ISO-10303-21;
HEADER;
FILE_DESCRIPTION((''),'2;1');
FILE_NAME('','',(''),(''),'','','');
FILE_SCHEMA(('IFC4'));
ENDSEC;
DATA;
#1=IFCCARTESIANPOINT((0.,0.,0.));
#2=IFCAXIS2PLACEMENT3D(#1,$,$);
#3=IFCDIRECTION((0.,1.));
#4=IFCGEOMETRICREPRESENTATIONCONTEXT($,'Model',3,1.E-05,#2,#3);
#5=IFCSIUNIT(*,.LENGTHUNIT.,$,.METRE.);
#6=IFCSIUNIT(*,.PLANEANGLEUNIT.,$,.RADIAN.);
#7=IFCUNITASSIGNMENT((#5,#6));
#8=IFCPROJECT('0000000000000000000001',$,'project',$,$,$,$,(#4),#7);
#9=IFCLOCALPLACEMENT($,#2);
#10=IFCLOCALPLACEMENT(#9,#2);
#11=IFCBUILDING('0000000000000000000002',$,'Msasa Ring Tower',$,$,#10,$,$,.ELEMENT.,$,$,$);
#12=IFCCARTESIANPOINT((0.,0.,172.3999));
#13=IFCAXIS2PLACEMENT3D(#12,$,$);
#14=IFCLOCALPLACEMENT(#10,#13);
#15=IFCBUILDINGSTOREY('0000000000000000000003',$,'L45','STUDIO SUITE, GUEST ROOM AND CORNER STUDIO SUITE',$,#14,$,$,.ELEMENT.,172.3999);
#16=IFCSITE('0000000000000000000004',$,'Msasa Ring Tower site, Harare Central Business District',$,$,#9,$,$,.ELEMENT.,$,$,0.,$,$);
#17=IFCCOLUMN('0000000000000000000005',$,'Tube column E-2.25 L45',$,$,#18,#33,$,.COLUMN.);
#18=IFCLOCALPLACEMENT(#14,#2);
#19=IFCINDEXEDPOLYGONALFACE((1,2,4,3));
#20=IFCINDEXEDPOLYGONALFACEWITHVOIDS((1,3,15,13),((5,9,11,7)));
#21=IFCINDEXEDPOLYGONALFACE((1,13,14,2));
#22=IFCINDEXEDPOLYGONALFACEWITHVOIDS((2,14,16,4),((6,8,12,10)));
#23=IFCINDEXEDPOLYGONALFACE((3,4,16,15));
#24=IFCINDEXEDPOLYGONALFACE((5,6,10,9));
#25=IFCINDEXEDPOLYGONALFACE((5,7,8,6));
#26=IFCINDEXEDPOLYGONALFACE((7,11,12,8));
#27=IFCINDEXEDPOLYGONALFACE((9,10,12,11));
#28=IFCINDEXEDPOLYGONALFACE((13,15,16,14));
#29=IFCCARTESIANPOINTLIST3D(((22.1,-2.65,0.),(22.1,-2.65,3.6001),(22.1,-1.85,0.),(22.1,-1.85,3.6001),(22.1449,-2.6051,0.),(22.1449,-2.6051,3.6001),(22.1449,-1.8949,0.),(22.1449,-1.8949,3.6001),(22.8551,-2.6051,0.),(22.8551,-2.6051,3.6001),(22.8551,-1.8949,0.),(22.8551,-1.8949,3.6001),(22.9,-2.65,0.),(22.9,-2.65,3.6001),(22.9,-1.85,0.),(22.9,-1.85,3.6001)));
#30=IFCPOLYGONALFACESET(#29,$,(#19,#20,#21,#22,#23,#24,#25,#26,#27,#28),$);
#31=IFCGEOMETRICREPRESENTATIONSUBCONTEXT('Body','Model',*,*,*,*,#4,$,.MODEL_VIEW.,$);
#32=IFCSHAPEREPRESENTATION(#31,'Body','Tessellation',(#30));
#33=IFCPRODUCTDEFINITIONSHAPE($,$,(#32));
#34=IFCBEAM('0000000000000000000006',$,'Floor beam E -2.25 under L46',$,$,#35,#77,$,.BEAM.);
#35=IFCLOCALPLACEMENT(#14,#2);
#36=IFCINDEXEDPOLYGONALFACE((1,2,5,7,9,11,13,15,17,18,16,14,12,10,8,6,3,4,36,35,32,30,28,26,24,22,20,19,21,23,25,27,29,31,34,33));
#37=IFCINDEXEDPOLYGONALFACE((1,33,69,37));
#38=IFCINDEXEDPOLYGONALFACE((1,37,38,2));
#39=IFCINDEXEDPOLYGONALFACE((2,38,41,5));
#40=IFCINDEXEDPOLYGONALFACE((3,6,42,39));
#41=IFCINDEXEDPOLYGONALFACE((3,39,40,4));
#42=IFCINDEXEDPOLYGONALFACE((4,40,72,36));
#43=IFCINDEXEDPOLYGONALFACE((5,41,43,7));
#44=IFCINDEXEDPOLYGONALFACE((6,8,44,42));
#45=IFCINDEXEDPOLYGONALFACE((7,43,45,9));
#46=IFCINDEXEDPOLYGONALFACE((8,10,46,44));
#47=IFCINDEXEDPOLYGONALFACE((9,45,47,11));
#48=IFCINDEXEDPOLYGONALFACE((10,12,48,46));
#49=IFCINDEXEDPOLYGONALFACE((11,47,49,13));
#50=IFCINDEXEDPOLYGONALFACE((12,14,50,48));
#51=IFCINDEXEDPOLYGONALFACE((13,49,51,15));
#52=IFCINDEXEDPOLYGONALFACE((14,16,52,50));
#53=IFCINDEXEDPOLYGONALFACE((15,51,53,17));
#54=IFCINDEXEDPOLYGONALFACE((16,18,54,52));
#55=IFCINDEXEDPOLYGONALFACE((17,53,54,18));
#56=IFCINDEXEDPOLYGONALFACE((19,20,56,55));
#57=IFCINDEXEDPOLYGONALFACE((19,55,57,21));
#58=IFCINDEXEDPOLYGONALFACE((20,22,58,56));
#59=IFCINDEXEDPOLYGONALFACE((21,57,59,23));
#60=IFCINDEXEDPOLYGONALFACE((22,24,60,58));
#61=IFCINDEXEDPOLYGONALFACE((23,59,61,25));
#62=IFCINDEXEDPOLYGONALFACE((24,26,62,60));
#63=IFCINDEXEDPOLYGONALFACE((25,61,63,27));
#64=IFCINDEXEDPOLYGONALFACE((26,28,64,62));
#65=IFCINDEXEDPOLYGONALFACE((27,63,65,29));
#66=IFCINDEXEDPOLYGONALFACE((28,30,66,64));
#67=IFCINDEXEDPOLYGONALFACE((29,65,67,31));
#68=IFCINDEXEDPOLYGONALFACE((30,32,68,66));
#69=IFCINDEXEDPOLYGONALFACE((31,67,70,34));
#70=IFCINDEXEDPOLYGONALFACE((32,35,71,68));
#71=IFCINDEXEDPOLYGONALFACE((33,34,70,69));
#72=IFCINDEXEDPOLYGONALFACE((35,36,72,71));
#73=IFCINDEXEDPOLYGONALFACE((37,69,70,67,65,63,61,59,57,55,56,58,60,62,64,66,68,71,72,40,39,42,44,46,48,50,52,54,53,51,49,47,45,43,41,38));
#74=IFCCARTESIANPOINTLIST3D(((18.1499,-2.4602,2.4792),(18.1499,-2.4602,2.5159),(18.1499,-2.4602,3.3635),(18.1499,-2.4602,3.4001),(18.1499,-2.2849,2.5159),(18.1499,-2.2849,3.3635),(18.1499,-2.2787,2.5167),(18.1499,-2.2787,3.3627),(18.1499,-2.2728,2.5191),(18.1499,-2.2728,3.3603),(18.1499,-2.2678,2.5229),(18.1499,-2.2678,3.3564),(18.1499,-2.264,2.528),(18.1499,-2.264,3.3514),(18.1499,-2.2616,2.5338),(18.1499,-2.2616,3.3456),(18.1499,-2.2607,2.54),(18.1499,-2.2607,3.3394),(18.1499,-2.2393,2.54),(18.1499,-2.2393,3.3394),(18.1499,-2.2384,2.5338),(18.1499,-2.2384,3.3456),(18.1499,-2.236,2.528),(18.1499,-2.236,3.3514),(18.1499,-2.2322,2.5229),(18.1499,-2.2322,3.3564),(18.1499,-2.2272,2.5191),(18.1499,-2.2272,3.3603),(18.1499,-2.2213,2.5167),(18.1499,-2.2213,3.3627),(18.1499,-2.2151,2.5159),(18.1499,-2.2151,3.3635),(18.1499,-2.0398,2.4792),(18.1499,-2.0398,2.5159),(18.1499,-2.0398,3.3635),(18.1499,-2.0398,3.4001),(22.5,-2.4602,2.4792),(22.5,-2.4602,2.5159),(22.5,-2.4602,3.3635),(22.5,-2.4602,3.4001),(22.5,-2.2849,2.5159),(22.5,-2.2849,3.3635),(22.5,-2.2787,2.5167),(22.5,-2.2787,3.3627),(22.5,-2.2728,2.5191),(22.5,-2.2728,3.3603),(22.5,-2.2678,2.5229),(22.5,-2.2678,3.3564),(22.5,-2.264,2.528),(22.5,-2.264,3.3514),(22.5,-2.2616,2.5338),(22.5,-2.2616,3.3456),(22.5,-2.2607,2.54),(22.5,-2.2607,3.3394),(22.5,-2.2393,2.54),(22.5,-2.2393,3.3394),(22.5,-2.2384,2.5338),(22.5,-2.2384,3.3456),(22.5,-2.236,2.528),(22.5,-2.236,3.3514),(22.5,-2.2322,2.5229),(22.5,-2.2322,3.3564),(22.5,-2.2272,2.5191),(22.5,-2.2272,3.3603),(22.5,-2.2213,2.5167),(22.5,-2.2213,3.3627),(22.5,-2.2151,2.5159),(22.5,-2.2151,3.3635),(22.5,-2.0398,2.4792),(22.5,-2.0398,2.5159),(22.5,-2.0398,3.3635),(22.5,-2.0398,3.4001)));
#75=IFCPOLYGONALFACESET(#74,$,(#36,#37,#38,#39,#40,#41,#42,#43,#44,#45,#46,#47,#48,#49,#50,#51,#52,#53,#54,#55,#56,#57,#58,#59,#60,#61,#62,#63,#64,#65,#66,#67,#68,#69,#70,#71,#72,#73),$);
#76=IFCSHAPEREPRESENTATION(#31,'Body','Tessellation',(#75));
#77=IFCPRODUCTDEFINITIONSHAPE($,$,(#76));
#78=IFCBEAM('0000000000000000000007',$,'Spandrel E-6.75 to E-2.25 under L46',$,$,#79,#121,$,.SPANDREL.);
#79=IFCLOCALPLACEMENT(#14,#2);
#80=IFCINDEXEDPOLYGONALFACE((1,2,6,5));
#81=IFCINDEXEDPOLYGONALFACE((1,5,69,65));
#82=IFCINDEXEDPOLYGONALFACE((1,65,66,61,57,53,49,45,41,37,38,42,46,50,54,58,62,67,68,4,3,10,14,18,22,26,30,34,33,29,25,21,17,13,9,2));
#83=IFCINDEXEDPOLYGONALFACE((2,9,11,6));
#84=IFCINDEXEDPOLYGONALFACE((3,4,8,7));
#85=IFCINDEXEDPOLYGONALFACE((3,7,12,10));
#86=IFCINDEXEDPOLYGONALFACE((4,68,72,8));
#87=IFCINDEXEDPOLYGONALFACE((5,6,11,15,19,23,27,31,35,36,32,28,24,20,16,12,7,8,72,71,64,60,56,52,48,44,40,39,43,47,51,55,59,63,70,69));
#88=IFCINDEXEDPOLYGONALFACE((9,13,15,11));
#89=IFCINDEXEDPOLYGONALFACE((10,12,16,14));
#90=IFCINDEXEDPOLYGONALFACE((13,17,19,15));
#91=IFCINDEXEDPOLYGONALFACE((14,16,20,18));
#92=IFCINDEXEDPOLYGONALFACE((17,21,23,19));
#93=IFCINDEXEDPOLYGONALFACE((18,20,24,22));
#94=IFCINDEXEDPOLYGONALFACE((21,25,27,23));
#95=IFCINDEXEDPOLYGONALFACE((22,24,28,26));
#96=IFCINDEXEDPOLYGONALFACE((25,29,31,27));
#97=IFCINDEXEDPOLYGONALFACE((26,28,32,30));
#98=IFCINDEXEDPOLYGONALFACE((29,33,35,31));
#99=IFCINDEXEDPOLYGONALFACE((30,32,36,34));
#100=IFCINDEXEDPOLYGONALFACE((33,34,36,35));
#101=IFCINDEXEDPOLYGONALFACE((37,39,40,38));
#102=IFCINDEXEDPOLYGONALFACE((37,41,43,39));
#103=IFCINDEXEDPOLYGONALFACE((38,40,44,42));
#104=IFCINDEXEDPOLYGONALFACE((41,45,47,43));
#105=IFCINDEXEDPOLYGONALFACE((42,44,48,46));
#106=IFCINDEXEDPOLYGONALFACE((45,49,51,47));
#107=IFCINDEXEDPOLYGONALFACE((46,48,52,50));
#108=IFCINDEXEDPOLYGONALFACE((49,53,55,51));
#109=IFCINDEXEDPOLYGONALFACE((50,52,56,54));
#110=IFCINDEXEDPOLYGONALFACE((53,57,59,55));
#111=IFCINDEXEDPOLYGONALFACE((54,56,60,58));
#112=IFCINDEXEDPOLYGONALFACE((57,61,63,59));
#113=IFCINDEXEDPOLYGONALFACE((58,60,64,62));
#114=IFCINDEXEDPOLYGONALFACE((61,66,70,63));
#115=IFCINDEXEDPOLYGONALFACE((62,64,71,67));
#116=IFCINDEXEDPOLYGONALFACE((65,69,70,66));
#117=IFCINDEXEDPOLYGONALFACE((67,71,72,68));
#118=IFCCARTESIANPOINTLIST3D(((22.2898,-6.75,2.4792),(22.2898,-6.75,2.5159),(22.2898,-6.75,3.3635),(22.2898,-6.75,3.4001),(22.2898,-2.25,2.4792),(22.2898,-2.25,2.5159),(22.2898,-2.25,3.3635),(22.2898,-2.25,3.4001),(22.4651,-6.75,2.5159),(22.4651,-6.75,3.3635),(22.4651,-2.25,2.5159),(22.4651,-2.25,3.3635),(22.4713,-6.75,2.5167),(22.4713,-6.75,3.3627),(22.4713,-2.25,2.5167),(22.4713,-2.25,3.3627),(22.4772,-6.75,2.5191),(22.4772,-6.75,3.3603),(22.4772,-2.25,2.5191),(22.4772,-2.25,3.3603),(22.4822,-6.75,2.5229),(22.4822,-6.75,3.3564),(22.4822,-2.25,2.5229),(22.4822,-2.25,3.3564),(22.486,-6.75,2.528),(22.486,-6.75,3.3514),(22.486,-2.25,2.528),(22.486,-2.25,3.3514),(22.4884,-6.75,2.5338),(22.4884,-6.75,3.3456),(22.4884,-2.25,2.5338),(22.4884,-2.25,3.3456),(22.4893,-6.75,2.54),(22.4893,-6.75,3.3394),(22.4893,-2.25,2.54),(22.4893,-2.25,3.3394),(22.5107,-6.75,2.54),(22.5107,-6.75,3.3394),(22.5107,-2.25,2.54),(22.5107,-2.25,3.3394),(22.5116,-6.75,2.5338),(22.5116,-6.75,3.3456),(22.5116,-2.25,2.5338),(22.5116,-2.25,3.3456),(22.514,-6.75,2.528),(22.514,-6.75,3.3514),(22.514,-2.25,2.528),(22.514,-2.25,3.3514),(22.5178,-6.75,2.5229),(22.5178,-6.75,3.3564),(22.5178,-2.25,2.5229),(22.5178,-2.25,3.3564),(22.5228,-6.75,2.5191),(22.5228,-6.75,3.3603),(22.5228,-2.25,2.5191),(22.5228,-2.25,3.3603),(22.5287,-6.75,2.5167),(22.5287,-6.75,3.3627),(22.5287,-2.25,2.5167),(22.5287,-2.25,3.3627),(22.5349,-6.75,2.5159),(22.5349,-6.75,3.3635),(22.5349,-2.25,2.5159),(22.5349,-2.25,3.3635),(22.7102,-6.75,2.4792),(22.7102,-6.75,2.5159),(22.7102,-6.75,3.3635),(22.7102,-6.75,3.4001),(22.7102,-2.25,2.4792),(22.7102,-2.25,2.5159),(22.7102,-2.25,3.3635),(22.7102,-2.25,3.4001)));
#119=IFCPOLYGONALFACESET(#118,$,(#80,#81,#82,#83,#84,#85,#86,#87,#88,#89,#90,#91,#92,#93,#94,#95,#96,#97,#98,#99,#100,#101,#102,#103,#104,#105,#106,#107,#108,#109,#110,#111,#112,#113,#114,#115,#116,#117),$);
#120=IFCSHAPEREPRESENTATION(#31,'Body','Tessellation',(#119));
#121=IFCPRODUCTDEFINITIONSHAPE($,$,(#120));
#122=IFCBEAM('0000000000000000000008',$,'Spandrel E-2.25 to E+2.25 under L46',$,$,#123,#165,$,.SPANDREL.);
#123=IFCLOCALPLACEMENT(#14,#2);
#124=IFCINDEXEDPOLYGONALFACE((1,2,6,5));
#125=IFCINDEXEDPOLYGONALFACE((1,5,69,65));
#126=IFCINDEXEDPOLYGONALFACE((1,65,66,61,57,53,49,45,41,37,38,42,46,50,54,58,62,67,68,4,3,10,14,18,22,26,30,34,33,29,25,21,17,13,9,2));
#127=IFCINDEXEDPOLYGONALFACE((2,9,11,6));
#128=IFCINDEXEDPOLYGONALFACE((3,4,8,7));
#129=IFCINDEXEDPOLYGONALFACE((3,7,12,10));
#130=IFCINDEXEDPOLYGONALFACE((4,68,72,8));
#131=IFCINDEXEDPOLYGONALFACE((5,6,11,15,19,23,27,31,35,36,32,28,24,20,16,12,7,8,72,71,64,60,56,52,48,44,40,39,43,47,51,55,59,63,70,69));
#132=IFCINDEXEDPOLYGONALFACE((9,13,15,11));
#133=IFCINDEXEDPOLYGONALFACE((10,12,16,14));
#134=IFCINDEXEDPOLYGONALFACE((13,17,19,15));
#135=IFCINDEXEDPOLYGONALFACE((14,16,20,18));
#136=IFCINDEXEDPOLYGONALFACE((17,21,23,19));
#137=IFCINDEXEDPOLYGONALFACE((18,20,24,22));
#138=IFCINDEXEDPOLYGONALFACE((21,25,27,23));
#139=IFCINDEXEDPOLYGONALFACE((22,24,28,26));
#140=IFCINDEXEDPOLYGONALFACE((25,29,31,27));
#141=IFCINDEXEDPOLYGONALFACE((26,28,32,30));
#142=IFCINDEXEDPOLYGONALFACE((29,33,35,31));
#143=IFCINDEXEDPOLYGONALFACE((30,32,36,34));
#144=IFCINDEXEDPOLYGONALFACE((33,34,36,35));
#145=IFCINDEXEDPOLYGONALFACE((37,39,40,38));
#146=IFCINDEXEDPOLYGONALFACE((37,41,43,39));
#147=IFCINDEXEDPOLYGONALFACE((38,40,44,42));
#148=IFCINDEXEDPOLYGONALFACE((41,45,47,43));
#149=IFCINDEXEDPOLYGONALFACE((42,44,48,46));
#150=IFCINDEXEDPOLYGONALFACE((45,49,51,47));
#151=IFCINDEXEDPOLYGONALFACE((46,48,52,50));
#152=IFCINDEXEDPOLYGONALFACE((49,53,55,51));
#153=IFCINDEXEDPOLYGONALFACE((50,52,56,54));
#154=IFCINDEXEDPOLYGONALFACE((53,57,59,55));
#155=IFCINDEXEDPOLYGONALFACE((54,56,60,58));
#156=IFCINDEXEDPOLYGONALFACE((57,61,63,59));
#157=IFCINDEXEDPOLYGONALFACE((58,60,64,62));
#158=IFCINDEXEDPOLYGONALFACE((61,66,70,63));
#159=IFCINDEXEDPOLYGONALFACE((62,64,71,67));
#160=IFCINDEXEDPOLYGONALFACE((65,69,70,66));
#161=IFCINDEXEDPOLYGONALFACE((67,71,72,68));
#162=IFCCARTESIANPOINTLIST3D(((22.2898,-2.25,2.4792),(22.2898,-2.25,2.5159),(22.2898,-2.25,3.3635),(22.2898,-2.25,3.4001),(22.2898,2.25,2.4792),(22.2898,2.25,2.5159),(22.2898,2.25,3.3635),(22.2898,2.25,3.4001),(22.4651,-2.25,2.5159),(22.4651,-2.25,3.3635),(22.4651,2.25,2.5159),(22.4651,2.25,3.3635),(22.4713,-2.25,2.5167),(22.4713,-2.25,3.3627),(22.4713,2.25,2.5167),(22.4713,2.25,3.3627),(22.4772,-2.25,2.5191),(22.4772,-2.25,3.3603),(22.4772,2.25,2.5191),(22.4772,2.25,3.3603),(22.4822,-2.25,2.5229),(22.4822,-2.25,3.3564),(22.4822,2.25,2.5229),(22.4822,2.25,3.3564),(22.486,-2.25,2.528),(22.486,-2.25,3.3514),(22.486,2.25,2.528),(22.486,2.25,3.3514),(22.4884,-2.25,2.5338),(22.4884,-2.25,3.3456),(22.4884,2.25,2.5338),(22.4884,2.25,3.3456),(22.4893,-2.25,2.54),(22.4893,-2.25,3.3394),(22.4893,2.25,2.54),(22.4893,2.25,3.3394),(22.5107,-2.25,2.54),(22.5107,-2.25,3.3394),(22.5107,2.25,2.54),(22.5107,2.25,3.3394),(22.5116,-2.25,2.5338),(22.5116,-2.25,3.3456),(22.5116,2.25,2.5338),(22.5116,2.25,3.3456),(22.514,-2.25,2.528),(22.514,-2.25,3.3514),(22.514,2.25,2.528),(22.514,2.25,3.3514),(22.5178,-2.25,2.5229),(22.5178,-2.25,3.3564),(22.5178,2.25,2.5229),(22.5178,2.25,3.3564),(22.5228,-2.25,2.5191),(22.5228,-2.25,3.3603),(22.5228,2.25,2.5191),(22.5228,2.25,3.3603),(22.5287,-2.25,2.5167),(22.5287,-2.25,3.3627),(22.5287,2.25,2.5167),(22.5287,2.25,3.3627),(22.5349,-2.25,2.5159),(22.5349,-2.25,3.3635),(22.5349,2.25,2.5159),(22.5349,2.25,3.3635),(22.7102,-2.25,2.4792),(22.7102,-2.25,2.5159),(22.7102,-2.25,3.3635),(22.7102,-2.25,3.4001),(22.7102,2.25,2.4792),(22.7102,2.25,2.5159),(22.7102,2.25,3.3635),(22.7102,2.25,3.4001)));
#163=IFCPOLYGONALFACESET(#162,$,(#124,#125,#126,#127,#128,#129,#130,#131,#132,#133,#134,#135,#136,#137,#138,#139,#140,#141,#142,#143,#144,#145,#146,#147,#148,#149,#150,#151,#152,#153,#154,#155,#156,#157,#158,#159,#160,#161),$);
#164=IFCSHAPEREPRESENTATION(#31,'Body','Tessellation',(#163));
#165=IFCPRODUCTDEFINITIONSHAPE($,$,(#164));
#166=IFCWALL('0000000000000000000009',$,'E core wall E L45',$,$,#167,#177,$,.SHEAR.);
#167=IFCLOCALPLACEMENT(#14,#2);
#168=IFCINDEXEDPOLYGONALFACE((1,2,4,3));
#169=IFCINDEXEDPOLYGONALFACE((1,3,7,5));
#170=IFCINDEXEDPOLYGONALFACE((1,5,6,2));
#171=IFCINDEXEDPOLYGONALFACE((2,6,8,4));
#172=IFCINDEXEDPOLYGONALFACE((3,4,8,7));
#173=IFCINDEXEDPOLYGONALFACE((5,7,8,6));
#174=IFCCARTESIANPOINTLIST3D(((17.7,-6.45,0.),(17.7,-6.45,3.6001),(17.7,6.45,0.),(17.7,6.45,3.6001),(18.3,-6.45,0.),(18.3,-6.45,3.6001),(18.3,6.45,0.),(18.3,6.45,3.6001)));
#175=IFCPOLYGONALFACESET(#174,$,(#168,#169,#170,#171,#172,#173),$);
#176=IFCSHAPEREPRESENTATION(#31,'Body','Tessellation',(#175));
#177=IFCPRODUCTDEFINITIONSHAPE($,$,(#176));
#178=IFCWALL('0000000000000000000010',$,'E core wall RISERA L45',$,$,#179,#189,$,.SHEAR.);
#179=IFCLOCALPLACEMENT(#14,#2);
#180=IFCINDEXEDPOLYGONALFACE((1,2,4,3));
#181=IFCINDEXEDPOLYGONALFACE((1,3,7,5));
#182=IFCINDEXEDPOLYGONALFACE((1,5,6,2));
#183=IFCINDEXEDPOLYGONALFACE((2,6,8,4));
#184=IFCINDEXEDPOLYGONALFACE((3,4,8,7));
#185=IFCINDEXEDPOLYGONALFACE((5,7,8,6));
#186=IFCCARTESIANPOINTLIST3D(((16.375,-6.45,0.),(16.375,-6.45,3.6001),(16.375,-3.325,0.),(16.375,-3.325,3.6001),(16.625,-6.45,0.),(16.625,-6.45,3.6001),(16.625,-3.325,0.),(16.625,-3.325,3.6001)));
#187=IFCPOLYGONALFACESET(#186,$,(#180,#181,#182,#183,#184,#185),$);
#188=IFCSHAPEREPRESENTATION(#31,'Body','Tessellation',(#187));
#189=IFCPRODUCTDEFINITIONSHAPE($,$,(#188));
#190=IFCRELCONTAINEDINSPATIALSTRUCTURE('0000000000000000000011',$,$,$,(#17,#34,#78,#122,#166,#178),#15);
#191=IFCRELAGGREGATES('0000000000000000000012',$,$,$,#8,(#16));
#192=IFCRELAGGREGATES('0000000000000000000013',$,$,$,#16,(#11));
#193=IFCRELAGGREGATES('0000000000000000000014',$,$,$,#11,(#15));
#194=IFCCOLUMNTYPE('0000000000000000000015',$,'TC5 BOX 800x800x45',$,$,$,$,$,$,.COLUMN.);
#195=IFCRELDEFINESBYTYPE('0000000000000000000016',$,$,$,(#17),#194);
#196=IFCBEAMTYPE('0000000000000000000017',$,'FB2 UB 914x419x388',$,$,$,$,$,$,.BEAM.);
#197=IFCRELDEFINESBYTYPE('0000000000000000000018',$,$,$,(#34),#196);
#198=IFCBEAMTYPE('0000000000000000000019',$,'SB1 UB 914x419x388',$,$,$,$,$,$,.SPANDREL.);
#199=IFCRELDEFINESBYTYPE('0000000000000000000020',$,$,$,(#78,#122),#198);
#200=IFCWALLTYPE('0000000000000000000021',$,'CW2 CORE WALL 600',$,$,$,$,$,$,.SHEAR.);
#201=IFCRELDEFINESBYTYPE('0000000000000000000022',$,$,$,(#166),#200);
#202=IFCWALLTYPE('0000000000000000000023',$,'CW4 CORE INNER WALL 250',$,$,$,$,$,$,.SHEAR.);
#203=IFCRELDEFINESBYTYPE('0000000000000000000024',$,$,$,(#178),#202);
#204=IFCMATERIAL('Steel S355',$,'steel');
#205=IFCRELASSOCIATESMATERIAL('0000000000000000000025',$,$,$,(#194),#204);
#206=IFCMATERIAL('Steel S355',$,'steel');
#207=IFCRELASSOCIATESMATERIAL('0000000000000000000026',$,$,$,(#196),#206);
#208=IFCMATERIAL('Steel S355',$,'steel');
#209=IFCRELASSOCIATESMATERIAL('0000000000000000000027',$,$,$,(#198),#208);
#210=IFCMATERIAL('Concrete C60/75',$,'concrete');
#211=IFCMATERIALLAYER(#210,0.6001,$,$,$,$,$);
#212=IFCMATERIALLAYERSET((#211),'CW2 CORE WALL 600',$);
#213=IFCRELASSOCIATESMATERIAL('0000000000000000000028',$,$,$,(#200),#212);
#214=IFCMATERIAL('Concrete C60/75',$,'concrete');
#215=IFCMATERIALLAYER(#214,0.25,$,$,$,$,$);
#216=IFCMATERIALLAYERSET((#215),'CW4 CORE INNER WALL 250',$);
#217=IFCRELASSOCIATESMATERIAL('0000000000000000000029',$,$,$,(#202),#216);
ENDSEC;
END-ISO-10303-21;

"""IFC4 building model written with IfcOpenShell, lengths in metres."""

from ifc_helpers import new_model, si_unit, direction, frame, frame_2d, origin, origin_2d, place, context, subcontext, project, spatial, rectangle, hollow_rectangle, i_section, extrude, material, layer, layer_set, material_profile, profile_set, type_object, element, save


model = new_model("IFC4")

# Units and contexts
model_context = context("Model", 3, precision=1e-05, world=origin(), true_north=direction((0.0, 1.0)))
body_context = subcontext(model_context, "Body", "Model", "MODEL_VIEW")
ifc_project = project(units=[si_unit("LENGTHUNIT", "METRE"), si_unit("PLANEANGLEUNIT", "RADIAN")], contexts=[model_context])

# Site, building, storey
site_placement = place(None, origin())
site = spatial("IfcSite", under=ifc_project, at=site_placement, Name="Msasa Ring Tower site, Harare Central Business District", CompositionType="ELEMENT", RefElevation=0.0)
building_placement = place(site_placement, origin())
building = spatial("IfcBuilding", under=site, at=building_placement, Name="Msasa Ring Tower", CompositionType="ELEMENT")
storey_placement = place(building_placement, frame((0.0, 0.0, 172.3999)))
storey = spatial("IfcBuildingStorey", under=building, at=storey_placement, Name="L45", Description="STUDIO SUITE, GUEST ROOM AND CORNER STUDIO SUITE", CompositionType="ELEMENT", Elevation=172.3999)

# Column
ifc_material_1 = material(Name="Steel S355", Category="steel")
ifc_material_profile_1 = material_profile(ifc_material_1, hollow_rectangle(XDim=0.8, YDim=0.8, WallThickness=0.0449, at=origin_2d()), Name="BOX 800x800x45")
ifc_profile_set_1 = profile_set([ifc_material_profile_1], Name="Steel S355")
column_type = type_object("IfcColumnType", Name="TC5 BOX 800x800x45", PredefinedType="COLUMN", material=ifc_profile_set_1)
column_placement = place(storey_placement, frame((22.5, -2.25, 0.0), z_axis=(0.0, 0.0, 1.0), x_axis=(1.0, 0.0, 0.0)))
element("IfcColumn", 1, at=column_placement, inside=storey, type_object=column_type, Name="Tube column E-2.25 L45", PredefinedType="COLUMN", context=body_context, shape_type="SweptSolid", body=[
    extrude(hollow_rectangle(XDim=0.8, YDim=0.8, WallThickness=0.0449, at=origin_2d()), origin(), (0.0, 0.0, 1.0), 3.6001),
])

# Beams
ifc_material_2 = material(Name="Steel S355", Category="steel")
ifc_material_profile_2 = material_profile(ifc_material_2, i_section(OverallWidth=0.4204, OverallDepth=0.9209, WebThickness=0.0215, FlangeThickness=0.0366, FilletRadius=0.0242, at=origin_2d()), Name="UB 914x419x388")
ifc_profile_set_2 = profile_set([ifc_material_profile_2], Name="Steel S355")
beam_type_1 = type_object("IfcBeamType", Name="FB2 UB 914x419x388", PredefinedType="BEAM", material=ifc_profile_set_2)
beam_placement = place(storey_placement, frame((22.5, -2.25, 2.9397), z_axis=(-1.0, 0.0, 0.0), x_axis=(0.0, -1.0, 0.0)))
element("IfcBeam", 2, at=beam_placement, inside=storey, type_object=beam_type_1, Name="Floor beam E -2.25 under L46", PredefinedType="BEAM", context=body_context, shape_type="SweptSolid", body=[
    extrude(i_section(OverallWidth=0.4204, OverallDepth=0.9209, WebThickness=0.0215, FlangeThickness=0.0366, FilletRadius=0.0242, at=origin_2d()), origin(), (0.0, 0.0, 1.0), 4.3501),
])
ifc_material_3 = material(Name="Steel S355", Category="steel")
ifc_material_profile_3 = material_profile(ifc_material_3, i_section(OverallWidth=0.4204, OverallDepth=0.9209, WebThickness=0.0215, FlangeThickness=0.0366, FilletRadius=0.0242, at=origin_2d()), Name="UB 914x419x388")
ifc_profile_set_3 = profile_set([ifc_material_profile_3], Name="Steel S355")
beam_type_2 = type_object("IfcBeamType", Name="SB1 UB 914x419x388", PredefinedType="SPANDREL", material=ifc_profile_set_3)
for number, where, z_axis, x_axis, name in (
    (3, (22.5, -6.75, 2.9397), (0.0, 1.0, 0.0), (-1.0, 0.0, 0.0), "Spandrel E-6.75 to E-2.25 under L46"),
    (4, (22.5, -2.25, 2.9397), (0.0, 1.0, 0.0), (-1.0, 0.0, 0.0), "Spandrel E-2.25 to E+2.25 under L46"),
):
    element("IfcBeam", number, at=place(storey_placement, frame(where, z_axis=z_axis, x_axis=x_axis)), inside=storey, type_object=beam_type_2, Name=name, PredefinedType="SPANDREL", context=body_context, shape_type="SweptSolid", body=[
        extrude(i_section(OverallWidth=0.4204, OverallDepth=0.9209, WebThickness=0.0215, FlangeThickness=0.0366, FilletRadius=0.0242, at=origin_2d()), origin(), (0.0, 0.0, 1.0), 4.5),
    ])

# Walls
ifc_material_4 = material(Name="Concrete C60/75", Category="concrete")
ifc_layer_1 = layer(ifc_material_4, 0.6001)
ifc_layer_set_1 = layer_set([ifc_layer_1], Name="CW2 CORE WALL 600")
wall_type_1 = type_object("IfcWallType", Name="CW2 CORE WALL 600", PredefinedType="SHEAR", material=ifc_layer_set_1)
wall_1_placement = place(storey_placement, frame((18.0, -6.45, 0.0), z_axis=(0.0, 0.0, 1.0), x_axis=(0.0, 1.0, 0.0)))
element("IfcWall", 5, at=wall_1_placement, inside=storey, type_object=wall_type_1, Name="E core wall E L45", PredefinedType="SHEAR", context=body_context, shape_type="SweptSolid", body=[
    extrude(rectangle(XDim=12.8999, YDim=0.6001, at=frame_2d((6.45, 0.0))), origin(), (0.0, 0.0, 1.0), 3.6001),
])
ifc_material_5 = material(Name="Concrete C60/75", Category="concrete")
ifc_layer_2 = layer(ifc_material_5, 0.25)
ifc_layer_set_2 = layer_set([ifc_layer_2], Name="CW4 CORE INNER WALL 250")
wall_type_2 = type_object("IfcWallType", Name="CW4 CORE INNER WALL 250", PredefinedType="SHEAR", material=ifc_layer_set_2)
wall_2_placement = place(storey_placement, frame((16.5, -6.45, 0.0), z_axis=(0.0, 0.0, 1.0), x_axis=(0.0, 1.0, 0.0)))
element("IfcWall", 6, at=wall_2_placement, inside=storey, type_object=wall_type_2, Name="E core wall RISERA L45", PredefinedType="SHEAR", context=body_context, shape_type="SweptSolid", body=[
    extrude(rectangle(XDim=3.125, YDim=0.25, at=frame_2d((1.5625, 0.0))), origin(), (0.0, 0.0, 1.0), 3.6001),
])

save(model, "model.ifc")
